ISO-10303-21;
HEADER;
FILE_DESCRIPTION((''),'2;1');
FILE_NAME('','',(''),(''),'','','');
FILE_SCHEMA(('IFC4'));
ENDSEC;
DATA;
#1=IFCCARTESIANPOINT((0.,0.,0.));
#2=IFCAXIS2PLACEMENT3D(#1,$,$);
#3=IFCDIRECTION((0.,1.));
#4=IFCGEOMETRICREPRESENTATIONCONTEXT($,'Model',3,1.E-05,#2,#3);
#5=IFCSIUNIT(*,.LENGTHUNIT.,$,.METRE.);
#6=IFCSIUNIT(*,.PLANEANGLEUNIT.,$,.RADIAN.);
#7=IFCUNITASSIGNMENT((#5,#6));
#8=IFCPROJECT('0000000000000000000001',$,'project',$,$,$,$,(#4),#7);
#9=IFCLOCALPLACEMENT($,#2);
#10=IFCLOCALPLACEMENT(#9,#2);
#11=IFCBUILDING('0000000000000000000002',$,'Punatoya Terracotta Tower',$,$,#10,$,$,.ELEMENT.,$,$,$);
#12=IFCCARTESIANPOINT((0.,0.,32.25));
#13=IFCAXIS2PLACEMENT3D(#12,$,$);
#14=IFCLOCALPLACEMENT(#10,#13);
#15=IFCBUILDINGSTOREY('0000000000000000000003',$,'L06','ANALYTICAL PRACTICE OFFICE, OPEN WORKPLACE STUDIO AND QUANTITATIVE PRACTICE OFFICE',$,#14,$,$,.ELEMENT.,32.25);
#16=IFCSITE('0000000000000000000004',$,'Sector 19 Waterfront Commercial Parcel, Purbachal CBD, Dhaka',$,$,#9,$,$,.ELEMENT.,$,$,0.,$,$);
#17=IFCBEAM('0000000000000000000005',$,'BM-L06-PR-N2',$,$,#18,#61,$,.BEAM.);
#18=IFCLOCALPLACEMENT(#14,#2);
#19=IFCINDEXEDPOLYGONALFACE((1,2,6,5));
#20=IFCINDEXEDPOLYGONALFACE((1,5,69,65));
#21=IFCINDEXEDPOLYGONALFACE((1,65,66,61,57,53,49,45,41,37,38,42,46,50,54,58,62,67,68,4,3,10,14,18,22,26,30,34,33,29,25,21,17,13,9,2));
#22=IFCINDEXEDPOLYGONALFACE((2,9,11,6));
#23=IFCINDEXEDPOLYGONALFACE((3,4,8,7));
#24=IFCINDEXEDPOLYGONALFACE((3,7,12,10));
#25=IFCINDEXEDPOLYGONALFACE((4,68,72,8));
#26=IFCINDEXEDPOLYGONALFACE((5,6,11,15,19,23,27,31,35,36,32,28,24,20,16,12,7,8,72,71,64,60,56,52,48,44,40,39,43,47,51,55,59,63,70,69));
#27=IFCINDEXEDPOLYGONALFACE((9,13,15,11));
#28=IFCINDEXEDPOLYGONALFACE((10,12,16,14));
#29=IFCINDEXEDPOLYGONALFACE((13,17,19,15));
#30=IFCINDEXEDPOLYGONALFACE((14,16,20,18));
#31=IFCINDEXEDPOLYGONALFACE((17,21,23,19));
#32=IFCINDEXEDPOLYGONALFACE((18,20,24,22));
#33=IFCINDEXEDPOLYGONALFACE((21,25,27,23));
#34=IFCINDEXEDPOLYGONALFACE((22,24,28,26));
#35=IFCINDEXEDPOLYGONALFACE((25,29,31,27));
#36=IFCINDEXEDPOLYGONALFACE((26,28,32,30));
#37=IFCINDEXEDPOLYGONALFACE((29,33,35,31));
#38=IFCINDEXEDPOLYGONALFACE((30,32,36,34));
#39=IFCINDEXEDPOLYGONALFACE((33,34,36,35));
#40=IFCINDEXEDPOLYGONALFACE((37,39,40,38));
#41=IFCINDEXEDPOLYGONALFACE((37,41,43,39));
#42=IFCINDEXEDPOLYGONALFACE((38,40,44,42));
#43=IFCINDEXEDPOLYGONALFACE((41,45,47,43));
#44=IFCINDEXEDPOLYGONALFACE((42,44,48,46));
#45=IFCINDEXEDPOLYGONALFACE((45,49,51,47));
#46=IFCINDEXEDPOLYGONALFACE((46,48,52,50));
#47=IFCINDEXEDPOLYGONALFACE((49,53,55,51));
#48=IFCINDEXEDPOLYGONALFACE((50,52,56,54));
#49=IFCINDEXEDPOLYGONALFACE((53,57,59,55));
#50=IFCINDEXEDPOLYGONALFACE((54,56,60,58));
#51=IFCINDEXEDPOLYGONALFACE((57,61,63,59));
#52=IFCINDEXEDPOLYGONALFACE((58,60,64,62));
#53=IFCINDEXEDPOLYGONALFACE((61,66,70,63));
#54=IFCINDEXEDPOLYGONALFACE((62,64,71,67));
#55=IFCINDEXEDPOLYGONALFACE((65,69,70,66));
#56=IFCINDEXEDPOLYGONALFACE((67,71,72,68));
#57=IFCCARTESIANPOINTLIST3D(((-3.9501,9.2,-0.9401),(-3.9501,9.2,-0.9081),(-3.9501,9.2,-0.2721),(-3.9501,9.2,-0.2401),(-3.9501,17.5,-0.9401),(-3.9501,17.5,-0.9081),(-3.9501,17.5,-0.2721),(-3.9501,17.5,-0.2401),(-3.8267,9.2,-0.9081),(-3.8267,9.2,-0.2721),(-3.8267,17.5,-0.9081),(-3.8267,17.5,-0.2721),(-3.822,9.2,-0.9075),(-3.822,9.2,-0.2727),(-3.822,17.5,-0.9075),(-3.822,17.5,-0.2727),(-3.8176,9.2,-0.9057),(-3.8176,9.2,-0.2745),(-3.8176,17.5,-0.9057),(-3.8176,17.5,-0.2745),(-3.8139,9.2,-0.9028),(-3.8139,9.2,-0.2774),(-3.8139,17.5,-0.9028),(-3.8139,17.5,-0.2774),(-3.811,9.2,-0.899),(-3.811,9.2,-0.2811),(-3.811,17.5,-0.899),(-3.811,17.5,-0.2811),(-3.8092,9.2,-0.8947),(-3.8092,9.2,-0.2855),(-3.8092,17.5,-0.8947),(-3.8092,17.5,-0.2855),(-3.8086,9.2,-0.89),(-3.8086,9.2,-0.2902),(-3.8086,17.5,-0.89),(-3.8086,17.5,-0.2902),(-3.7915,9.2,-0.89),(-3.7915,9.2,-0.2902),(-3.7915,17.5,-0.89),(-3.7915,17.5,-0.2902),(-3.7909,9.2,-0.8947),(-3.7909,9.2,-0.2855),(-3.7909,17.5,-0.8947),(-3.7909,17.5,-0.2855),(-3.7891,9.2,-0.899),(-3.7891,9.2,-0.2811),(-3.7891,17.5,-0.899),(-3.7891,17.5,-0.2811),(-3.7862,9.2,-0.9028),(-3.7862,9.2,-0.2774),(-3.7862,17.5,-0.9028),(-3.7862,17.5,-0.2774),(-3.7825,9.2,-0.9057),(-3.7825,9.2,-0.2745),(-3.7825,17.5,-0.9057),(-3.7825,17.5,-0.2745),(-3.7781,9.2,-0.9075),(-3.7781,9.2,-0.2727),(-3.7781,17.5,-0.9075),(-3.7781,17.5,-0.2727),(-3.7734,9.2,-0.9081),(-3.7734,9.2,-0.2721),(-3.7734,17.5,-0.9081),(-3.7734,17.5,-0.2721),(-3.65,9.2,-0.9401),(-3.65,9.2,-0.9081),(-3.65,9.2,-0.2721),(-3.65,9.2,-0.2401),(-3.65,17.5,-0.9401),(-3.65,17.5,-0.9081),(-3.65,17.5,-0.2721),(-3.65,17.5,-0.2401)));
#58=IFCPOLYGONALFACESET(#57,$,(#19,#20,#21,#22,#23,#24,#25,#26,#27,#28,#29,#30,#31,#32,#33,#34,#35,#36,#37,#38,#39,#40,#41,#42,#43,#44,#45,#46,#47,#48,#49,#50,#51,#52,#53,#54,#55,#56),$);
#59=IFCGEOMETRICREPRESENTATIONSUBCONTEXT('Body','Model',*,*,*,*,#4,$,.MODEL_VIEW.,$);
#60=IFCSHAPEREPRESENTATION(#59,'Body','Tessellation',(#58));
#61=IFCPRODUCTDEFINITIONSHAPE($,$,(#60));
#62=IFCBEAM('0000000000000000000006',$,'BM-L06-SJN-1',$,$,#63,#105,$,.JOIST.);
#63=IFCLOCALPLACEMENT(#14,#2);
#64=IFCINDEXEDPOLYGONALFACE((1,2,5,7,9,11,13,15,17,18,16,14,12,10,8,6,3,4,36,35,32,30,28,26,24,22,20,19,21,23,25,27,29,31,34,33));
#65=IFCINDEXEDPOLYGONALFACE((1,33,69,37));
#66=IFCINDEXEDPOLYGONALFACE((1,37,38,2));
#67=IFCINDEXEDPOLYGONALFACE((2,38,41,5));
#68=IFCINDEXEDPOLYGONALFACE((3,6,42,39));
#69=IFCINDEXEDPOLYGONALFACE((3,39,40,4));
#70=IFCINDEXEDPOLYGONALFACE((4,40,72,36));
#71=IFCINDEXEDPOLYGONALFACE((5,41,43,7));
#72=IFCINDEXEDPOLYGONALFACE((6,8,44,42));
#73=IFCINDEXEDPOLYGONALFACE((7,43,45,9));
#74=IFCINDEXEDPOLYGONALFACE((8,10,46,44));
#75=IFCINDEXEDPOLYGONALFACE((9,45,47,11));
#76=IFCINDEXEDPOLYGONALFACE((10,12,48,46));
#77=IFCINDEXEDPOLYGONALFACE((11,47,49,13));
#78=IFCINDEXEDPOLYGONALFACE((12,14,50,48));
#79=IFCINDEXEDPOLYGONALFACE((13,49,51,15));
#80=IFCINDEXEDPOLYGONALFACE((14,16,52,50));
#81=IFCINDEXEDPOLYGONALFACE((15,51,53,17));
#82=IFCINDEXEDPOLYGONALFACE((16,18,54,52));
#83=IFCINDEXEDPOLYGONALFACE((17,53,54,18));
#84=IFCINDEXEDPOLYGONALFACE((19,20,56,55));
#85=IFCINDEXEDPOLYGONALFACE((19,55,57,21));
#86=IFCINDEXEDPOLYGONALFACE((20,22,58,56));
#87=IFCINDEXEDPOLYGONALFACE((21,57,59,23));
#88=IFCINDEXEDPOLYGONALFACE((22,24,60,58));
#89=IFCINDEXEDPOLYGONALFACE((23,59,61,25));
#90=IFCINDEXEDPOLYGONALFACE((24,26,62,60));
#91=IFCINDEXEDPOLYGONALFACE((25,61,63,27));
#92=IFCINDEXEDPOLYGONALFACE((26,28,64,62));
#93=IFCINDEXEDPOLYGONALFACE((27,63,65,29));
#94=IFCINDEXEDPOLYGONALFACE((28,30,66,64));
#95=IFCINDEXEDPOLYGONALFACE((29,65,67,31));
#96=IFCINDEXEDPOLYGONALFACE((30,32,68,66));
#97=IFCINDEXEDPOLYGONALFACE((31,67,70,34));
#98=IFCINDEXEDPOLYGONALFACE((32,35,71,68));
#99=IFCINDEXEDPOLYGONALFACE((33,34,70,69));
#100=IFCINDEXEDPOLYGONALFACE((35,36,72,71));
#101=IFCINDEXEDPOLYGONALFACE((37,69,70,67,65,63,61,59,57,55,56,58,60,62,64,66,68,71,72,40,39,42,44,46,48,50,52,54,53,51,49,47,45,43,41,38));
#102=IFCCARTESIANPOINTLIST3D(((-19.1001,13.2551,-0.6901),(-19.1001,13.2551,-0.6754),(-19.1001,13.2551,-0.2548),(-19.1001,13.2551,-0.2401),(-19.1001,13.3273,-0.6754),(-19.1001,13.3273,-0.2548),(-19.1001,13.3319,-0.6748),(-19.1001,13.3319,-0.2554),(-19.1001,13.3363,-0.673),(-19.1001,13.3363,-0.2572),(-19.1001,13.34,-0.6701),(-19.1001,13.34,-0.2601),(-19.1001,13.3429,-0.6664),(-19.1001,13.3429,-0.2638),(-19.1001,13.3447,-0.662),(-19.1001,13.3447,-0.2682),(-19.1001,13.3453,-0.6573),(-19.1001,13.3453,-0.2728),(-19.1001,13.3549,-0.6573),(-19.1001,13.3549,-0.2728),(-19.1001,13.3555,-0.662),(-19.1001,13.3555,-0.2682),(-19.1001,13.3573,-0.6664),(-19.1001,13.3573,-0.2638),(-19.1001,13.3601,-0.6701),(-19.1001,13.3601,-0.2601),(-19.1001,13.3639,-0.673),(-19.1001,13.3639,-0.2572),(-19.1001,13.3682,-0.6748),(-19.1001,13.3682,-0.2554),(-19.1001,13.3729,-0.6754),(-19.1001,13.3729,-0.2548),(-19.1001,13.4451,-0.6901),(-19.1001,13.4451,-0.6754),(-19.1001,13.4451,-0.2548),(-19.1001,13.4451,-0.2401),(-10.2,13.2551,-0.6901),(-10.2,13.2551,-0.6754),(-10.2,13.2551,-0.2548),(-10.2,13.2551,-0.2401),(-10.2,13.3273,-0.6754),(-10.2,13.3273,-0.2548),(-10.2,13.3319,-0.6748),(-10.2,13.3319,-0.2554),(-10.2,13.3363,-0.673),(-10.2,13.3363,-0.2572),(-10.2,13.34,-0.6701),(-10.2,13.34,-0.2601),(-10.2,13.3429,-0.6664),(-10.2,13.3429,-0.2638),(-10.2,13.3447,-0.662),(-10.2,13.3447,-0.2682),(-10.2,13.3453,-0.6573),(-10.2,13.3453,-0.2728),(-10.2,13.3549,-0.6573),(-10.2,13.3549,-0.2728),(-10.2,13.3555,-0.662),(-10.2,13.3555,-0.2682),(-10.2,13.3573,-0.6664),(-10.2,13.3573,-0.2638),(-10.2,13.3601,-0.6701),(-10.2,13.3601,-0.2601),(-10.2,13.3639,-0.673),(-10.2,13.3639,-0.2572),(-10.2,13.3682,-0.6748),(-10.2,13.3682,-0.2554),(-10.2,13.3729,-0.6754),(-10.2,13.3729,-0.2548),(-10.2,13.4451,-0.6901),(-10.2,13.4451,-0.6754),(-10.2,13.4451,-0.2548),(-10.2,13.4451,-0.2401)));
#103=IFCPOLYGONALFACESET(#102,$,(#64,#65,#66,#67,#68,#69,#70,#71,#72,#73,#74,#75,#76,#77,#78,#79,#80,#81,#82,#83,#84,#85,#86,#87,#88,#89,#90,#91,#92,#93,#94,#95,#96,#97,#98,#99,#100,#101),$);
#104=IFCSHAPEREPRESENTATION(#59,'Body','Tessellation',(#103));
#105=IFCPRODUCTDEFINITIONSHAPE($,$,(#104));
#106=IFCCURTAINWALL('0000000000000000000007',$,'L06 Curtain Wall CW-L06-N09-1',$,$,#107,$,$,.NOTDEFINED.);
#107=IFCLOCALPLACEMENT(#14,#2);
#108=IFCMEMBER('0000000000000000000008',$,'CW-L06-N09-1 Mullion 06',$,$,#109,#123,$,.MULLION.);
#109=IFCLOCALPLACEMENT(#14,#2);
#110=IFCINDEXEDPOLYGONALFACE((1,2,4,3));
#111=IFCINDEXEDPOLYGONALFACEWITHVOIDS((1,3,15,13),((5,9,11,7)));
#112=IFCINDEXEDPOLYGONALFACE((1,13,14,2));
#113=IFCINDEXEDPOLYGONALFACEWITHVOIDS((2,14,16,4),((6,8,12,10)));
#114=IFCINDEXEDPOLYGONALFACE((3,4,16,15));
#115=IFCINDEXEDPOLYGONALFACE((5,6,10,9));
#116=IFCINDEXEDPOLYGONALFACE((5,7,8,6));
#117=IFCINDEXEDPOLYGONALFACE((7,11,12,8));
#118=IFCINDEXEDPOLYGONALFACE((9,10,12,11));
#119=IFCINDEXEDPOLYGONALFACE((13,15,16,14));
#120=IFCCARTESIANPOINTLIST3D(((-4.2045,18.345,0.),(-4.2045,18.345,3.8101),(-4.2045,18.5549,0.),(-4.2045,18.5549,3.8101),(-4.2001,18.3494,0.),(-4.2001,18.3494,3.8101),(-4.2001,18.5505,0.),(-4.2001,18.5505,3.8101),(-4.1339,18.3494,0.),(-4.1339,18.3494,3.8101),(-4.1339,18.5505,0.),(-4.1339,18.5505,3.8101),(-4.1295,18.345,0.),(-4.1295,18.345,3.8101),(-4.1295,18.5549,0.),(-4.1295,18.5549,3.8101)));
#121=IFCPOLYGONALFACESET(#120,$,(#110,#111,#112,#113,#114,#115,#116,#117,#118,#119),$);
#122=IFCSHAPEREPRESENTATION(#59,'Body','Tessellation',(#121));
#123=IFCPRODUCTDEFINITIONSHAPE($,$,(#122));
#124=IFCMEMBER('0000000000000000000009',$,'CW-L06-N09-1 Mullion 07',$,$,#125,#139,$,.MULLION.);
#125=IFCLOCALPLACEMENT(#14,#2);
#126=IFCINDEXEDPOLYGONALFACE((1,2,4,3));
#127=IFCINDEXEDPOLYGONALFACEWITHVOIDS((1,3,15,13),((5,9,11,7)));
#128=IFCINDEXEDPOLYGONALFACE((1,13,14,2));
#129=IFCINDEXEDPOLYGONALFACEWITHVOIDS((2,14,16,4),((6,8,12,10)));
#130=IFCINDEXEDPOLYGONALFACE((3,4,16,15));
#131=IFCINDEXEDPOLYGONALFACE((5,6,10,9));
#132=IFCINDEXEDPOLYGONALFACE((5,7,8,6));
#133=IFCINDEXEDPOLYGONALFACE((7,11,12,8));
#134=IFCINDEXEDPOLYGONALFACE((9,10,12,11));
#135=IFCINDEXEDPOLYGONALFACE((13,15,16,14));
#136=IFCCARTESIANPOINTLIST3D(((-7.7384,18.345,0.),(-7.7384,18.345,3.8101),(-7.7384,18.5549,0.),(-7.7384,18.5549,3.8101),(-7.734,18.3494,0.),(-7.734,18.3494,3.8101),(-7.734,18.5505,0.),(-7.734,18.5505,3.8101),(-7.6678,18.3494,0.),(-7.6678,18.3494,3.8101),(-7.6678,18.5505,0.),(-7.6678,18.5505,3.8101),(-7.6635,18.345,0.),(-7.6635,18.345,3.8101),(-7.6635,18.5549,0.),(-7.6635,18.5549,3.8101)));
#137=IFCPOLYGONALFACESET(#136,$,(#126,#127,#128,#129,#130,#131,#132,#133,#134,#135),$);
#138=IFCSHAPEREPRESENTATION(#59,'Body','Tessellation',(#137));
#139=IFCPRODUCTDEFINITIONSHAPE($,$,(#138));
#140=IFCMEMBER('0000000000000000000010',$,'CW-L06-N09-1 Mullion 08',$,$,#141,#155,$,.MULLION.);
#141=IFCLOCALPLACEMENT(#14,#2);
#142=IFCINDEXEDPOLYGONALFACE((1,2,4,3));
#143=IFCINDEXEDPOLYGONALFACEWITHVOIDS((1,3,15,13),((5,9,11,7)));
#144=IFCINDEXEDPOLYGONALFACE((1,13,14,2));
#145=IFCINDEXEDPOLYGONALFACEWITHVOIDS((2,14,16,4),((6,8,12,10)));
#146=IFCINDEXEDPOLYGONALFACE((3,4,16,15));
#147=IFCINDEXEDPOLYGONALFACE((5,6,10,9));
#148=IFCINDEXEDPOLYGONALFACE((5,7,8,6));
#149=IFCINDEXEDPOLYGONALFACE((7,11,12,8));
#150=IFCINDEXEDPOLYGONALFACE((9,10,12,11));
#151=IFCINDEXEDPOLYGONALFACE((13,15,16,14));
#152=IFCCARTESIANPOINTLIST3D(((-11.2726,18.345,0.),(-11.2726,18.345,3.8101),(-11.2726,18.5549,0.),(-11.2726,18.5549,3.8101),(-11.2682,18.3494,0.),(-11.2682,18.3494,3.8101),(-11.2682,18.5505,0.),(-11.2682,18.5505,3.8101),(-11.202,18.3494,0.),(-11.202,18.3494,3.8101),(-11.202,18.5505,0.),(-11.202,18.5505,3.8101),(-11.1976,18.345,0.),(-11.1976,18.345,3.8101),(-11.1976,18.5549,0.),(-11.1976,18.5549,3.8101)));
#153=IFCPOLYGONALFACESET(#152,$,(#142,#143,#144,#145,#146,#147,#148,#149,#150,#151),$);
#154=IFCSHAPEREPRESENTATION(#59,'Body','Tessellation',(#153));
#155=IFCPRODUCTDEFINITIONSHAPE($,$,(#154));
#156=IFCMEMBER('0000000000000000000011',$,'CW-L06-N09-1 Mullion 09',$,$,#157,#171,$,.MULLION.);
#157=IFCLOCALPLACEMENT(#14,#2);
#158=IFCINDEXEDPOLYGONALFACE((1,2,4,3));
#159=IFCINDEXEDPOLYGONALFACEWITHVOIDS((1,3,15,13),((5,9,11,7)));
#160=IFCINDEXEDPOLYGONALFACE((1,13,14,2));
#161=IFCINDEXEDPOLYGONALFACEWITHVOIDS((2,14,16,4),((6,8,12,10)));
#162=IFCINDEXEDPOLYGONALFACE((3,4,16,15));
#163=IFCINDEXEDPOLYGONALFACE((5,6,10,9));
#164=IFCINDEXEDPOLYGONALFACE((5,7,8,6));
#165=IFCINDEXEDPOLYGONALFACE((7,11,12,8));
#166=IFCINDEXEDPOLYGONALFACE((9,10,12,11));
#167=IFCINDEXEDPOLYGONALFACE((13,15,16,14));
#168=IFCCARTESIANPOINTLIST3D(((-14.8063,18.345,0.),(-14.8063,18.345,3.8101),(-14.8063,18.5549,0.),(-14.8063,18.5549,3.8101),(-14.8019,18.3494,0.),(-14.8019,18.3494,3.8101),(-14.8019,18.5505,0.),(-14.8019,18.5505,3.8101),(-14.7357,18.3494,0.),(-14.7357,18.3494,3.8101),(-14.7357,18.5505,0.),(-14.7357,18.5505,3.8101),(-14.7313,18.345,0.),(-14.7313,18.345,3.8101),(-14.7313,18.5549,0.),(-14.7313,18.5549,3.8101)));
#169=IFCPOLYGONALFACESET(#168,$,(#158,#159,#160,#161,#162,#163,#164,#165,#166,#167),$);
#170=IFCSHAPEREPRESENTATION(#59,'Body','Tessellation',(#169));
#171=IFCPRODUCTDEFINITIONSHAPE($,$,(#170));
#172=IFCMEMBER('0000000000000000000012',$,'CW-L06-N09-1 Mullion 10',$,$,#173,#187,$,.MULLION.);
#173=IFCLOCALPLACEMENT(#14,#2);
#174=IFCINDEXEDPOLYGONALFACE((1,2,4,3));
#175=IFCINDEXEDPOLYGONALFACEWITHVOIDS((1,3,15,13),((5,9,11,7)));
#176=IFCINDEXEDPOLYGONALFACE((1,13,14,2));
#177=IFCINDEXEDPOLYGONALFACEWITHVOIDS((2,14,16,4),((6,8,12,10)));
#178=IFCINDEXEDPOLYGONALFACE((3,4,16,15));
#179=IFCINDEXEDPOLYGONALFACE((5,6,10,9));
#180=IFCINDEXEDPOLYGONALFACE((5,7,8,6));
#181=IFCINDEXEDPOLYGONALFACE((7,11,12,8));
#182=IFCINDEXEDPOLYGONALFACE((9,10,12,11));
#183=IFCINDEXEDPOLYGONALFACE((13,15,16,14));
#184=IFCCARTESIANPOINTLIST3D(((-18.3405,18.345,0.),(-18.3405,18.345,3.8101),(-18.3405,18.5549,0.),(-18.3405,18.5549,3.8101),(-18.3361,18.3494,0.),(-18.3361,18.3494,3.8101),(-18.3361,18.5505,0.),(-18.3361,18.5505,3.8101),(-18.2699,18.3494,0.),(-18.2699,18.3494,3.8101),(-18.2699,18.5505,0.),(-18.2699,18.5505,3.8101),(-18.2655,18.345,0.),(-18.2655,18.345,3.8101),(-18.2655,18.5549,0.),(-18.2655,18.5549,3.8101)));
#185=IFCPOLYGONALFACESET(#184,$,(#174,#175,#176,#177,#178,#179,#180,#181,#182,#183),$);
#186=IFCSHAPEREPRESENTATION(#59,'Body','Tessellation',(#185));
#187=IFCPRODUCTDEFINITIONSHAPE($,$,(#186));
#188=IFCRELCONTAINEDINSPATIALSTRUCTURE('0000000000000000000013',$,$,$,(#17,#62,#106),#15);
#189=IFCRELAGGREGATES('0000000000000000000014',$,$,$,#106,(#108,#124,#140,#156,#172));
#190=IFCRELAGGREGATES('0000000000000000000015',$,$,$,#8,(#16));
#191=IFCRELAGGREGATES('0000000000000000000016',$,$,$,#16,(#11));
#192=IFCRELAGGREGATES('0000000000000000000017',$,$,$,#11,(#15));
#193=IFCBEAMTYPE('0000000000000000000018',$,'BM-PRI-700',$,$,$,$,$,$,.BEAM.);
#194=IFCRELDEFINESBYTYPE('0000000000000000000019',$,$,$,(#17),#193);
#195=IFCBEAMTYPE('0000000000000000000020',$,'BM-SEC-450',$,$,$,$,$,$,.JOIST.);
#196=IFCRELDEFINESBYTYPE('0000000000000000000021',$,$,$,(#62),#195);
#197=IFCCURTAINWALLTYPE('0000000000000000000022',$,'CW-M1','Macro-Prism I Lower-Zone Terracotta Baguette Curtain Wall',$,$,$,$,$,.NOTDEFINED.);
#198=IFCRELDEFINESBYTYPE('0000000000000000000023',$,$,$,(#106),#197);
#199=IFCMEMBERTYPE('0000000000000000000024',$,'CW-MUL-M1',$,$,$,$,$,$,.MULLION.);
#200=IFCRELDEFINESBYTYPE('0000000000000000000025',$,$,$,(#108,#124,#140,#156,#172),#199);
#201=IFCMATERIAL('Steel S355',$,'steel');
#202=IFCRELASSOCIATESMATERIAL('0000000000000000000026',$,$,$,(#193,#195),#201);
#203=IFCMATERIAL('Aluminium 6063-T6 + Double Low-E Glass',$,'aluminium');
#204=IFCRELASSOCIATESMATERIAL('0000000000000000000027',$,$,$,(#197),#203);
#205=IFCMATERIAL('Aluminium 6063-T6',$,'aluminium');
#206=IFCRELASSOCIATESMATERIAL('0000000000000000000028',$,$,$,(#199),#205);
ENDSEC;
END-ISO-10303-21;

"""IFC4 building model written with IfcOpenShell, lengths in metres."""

from ifc_helpers import new_model, si_unit, direction, frame, origin, origin_2d, place, context, subcontext, project, spatial, hollow_rectangle, i_section, extrude, material, material_profile, profile_set, type_object, element, aggregate, save


model = new_model("IFC4")

# Units and contexts
model_context = context("Model", 3, precision=1e-05, world=origin(), true_north=direction((0.0, 1.0)))
body_context = subcontext(model_context, "Body", "Model", "MODEL_VIEW")
ifc_project = project(units=[si_unit("LENGTHUNIT", "METRE"), si_unit("PLANEANGLEUNIT", "RADIAN")], contexts=[model_context])

# Site, building, storey
site_placement = place(None, origin())
site = spatial("IfcSite", under=ifc_project, at=site_placement, Name="Sector 19 Waterfront Commercial Parcel, Purbachal CBD, Dhaka", CompositionType="ELEMENT", RefElevation=0.0)
building_placement = place(site_placement, origin())
building = spatial("IfcBuilding", under=site, at=building_placement, Name="Punatoya Terracotta Tower", CompositionType="ELEMENT")
storey_placement = place(building_placement, frame((0.0, 0.0, 32.25)))
storey = spatial("IfcBuildingStorey", under=building, at=storey_placement, Name="L06", Description="ANALYTICAL PRACTICE OFFICE, OPEN WORKPLACE STUDIO AND QUANTITATIVE PRACTICE OFFICE", CompositionType="ELEMENT", Elevation=32.25)

# Beams
ifc_material_1 = material(Name="Steel S355", Category="steel")
ifc_material_profile_1 = material_profile(ifc_material_1, i_section(OverallWidth=0.3, OverallDepth=0.7, WebThickness=0.0171, FlangeThickness=0.032, FilletRadius=0.0181, at=origin_2d()))
ifc_profile_set_1 = profile_set([ifc_material_profile_1], Name="Steel S355")
beam_type_1 = type_object("IfcBeamType", Name="BM-PRI-700", PredefinedType="BEAM", material=ifc_profile_set_1)
for number, where, z_axis, x_axis, name in (
    (1, (-3.8, 9.2, -0.5901), (0.0, 1.0, 0.0), (-1.0, 0.0, 0.0), "BM-L06-PR-N2"),
):
    element("IfcBeam", number, at=place(storey_placement, frame(where, z_axis=z_axis, x_axis=x_axis)), inside=storey, type_object=beam_type_1, Name=name, PredefinedType="BEAM", context=body_context, shape_type="SweptSolid", body=[
        extrude(i_section(OverallWidth=0.3, OverallDepth=0.7, WebThickness=0.0171, FlangeThickness=0.032, FilletRadius=0.0181, at=origin_2d()), origin(), (0.0, 0.0, 1.0), 8.3),
    ])
ifc_material_profile_2 = material_profile(ifc_material_1, i_section(OverallWidth=0.1899, OverallDepth=0.45, WebThickness=0.0095, FlangeThickness=0.0146, FilletRadius=0.0181, at=origin_2d()))
ifc_profile_set_2 = profile_set([ifc_material_profile_2], Name="Steel S355")
beam_type_2 = type_object("IfcBeamType", Name="BM-SEC-450", PredefinedType="JOIST", material=ifc_profile_set_2)
beam_1_placement = place(storey_placement, frame((-19.1001, 13.3501, -0.4651), z_axis=(1.0, 0.0, 0.0), x_axis=(0.0, 1.0, 0.0)))
element("IfcBeam", 2, at=beam_1_placement, inside=storey, type_object=beam_type_2, Name="BM-L06-SJN-1", PredefinedType="JOIST", context=body_context, shape_type="SweptSolid", body=[
    extrude(i_section(OverallWidth=0.1899, OverallDepth=0.45, WebThickness=0.0095, FlangeThickness=0.0146, FilletRadius=0.0181, at=origin_2d()), origin(), (0.0, 0.0, 1.0), 8.9001),
])

# Curtain wall, members
ifc_material_2 = material(Name="Aluminium 6063-T6 + Double Low-E Glass", Category="aluminium")
curtain_wall_type = type_object("IfcCurtainWallType", Name="CW-M1", Description="Macro-Prism I Lower-Zone Terracotta Baguette Curtain Wall", PredefinedType="NOTDEFINED", material=ifc_material_2)
curtain_wall_placement = place(storey_placement, origin())
curtain_wall = element("IfcCurtainWall", 3, at=curtain_wall_placement, inside=storey, type_object=curtain_wall_type, Name="L06 Curtain Wall CW-L06-N09-1", PredefinedType="NOTDEFINED")
ifc_material_3 = material(Name="Aluminium 6063-T6", Category="aluminium")
ifc_material_profile_3 = material_profile(ifc_material_3, hollow_rectangle(XDim=0.075, YDim=0.21, WallThickness=0.0044, at=origin_2d()))
ifc_profile_set_3 = profile_set([ifc_material_profile_3], Name="Aluminium 6063-T6")
member_type = type_object("IfcMemberType", Name="CW-MUL-M1", PredefinedType="MULLION", material=ifc_profile_set_3)
member_1_placement = place(storey_placement, frame((-4.167, 18.45, 0.0), z_axis=(0.0, 0.0, 1.0), x_axis=(1.0, 0.0, 0.0)))
member_1 = element("IfcMember", 4, at=member_1_placement, type_object=member_type, Name="CW-L06-N09-1 Mullion 06", PredefinedType="MULLION", context=body_context, shape_type="SweptSolid", body=[
    extrude(hollow_rectangle(XDim=0.075, YDim=0.21, WallThickness=0.0044, at=origin_2d()), origin(), (0.0, 0.0, 1.0), 3.8101),
])
member_2_placement = place(storey_placement, frame((-7.7009, 18.45, 0.0), z_axis=(0.0, 0.0, 1.0), x_axis=(1.0, 0.0, 0.0)))
member_2 = element("IfcMember", 5, at=member_2_placement, type_object=member_type, Name="CW-L06-N09-1 Mullion 07", PredefinedType="MULLION", context=body_context, shape_type="SweptSolid", body=[
    extrude(hollow_rectangle(XDim=0.075, YDim=0.21, WallThickness=0.0044, at=origin_2d()), origin(), (0.0, 0.0, 1.0), 3.8101),
])
member_3_placement = place(storey_placement, frame((-11.2351, 18.45, 0.0), z_axis=(0.0, 0.0, 1.0), x_axis=(1.0, 0.0, 0.0)))
member_3 = element("IfcMember", 6, at=member_3_placement, type_object=member_type, Name="CW-L06-N09-1 Mullion 08", PredefinedType="MULLION", context=body_context, shape_type="SweptSolid", body=[
    extrude(hollow_rectangle(XDim=0.075, YDim=0.21, WallThickness=0.0044, at=origin_2d()), origin(), (0.0, 0.0, 1.0), 3.8101),
])
member_4_placement = place(storey_placement, frame((-14.7688, 18.45, 0.0), z_axis=(0.0, 0.0, 1.0), x_axis=(1.0, 0.0, 0.0)))
member_4 = element("IfcMember", 7, at=member_4_placement, type_object=member_type, Name="CW-L06-N09-1 Mullion 09", PredefinedType="MULLION", context=body_context, shape_type="SweptSolid", body=[
    extrude(hollow_rectangle(XDim=0.075, YDim=0.21, WallThickness=0.0044, at=origin_2d()), origin(), (0.0, 0.0, 1.0), 3.8101),
])
member_5_placement = place(storey_placement, frame((-18.303, 18.45, 0.0), z_axis=(0.0, 0.0, 1.0), x_axis=(1.0, 0.0, 0.0)))
member_5 = element("IfcMember", 8, at=member_5_placement, type_object=member_type, Name="CW-L06-N09-1 Mullion 10", PredefinedType="MULLION", context=body_context, shape_type="SweptSolid", body=[
    extrude(hollow_rectangle(XDim=0.075, YDim=0.21, WallThickness=0.0044, at=origin_2d()), origin(), (0.0, 0.0, 1.0), 3.8101),
])
aggregate(curtain_wall, [member_1, member_2, member_3, member_4, member_5])

save(model, "model.ifc")
